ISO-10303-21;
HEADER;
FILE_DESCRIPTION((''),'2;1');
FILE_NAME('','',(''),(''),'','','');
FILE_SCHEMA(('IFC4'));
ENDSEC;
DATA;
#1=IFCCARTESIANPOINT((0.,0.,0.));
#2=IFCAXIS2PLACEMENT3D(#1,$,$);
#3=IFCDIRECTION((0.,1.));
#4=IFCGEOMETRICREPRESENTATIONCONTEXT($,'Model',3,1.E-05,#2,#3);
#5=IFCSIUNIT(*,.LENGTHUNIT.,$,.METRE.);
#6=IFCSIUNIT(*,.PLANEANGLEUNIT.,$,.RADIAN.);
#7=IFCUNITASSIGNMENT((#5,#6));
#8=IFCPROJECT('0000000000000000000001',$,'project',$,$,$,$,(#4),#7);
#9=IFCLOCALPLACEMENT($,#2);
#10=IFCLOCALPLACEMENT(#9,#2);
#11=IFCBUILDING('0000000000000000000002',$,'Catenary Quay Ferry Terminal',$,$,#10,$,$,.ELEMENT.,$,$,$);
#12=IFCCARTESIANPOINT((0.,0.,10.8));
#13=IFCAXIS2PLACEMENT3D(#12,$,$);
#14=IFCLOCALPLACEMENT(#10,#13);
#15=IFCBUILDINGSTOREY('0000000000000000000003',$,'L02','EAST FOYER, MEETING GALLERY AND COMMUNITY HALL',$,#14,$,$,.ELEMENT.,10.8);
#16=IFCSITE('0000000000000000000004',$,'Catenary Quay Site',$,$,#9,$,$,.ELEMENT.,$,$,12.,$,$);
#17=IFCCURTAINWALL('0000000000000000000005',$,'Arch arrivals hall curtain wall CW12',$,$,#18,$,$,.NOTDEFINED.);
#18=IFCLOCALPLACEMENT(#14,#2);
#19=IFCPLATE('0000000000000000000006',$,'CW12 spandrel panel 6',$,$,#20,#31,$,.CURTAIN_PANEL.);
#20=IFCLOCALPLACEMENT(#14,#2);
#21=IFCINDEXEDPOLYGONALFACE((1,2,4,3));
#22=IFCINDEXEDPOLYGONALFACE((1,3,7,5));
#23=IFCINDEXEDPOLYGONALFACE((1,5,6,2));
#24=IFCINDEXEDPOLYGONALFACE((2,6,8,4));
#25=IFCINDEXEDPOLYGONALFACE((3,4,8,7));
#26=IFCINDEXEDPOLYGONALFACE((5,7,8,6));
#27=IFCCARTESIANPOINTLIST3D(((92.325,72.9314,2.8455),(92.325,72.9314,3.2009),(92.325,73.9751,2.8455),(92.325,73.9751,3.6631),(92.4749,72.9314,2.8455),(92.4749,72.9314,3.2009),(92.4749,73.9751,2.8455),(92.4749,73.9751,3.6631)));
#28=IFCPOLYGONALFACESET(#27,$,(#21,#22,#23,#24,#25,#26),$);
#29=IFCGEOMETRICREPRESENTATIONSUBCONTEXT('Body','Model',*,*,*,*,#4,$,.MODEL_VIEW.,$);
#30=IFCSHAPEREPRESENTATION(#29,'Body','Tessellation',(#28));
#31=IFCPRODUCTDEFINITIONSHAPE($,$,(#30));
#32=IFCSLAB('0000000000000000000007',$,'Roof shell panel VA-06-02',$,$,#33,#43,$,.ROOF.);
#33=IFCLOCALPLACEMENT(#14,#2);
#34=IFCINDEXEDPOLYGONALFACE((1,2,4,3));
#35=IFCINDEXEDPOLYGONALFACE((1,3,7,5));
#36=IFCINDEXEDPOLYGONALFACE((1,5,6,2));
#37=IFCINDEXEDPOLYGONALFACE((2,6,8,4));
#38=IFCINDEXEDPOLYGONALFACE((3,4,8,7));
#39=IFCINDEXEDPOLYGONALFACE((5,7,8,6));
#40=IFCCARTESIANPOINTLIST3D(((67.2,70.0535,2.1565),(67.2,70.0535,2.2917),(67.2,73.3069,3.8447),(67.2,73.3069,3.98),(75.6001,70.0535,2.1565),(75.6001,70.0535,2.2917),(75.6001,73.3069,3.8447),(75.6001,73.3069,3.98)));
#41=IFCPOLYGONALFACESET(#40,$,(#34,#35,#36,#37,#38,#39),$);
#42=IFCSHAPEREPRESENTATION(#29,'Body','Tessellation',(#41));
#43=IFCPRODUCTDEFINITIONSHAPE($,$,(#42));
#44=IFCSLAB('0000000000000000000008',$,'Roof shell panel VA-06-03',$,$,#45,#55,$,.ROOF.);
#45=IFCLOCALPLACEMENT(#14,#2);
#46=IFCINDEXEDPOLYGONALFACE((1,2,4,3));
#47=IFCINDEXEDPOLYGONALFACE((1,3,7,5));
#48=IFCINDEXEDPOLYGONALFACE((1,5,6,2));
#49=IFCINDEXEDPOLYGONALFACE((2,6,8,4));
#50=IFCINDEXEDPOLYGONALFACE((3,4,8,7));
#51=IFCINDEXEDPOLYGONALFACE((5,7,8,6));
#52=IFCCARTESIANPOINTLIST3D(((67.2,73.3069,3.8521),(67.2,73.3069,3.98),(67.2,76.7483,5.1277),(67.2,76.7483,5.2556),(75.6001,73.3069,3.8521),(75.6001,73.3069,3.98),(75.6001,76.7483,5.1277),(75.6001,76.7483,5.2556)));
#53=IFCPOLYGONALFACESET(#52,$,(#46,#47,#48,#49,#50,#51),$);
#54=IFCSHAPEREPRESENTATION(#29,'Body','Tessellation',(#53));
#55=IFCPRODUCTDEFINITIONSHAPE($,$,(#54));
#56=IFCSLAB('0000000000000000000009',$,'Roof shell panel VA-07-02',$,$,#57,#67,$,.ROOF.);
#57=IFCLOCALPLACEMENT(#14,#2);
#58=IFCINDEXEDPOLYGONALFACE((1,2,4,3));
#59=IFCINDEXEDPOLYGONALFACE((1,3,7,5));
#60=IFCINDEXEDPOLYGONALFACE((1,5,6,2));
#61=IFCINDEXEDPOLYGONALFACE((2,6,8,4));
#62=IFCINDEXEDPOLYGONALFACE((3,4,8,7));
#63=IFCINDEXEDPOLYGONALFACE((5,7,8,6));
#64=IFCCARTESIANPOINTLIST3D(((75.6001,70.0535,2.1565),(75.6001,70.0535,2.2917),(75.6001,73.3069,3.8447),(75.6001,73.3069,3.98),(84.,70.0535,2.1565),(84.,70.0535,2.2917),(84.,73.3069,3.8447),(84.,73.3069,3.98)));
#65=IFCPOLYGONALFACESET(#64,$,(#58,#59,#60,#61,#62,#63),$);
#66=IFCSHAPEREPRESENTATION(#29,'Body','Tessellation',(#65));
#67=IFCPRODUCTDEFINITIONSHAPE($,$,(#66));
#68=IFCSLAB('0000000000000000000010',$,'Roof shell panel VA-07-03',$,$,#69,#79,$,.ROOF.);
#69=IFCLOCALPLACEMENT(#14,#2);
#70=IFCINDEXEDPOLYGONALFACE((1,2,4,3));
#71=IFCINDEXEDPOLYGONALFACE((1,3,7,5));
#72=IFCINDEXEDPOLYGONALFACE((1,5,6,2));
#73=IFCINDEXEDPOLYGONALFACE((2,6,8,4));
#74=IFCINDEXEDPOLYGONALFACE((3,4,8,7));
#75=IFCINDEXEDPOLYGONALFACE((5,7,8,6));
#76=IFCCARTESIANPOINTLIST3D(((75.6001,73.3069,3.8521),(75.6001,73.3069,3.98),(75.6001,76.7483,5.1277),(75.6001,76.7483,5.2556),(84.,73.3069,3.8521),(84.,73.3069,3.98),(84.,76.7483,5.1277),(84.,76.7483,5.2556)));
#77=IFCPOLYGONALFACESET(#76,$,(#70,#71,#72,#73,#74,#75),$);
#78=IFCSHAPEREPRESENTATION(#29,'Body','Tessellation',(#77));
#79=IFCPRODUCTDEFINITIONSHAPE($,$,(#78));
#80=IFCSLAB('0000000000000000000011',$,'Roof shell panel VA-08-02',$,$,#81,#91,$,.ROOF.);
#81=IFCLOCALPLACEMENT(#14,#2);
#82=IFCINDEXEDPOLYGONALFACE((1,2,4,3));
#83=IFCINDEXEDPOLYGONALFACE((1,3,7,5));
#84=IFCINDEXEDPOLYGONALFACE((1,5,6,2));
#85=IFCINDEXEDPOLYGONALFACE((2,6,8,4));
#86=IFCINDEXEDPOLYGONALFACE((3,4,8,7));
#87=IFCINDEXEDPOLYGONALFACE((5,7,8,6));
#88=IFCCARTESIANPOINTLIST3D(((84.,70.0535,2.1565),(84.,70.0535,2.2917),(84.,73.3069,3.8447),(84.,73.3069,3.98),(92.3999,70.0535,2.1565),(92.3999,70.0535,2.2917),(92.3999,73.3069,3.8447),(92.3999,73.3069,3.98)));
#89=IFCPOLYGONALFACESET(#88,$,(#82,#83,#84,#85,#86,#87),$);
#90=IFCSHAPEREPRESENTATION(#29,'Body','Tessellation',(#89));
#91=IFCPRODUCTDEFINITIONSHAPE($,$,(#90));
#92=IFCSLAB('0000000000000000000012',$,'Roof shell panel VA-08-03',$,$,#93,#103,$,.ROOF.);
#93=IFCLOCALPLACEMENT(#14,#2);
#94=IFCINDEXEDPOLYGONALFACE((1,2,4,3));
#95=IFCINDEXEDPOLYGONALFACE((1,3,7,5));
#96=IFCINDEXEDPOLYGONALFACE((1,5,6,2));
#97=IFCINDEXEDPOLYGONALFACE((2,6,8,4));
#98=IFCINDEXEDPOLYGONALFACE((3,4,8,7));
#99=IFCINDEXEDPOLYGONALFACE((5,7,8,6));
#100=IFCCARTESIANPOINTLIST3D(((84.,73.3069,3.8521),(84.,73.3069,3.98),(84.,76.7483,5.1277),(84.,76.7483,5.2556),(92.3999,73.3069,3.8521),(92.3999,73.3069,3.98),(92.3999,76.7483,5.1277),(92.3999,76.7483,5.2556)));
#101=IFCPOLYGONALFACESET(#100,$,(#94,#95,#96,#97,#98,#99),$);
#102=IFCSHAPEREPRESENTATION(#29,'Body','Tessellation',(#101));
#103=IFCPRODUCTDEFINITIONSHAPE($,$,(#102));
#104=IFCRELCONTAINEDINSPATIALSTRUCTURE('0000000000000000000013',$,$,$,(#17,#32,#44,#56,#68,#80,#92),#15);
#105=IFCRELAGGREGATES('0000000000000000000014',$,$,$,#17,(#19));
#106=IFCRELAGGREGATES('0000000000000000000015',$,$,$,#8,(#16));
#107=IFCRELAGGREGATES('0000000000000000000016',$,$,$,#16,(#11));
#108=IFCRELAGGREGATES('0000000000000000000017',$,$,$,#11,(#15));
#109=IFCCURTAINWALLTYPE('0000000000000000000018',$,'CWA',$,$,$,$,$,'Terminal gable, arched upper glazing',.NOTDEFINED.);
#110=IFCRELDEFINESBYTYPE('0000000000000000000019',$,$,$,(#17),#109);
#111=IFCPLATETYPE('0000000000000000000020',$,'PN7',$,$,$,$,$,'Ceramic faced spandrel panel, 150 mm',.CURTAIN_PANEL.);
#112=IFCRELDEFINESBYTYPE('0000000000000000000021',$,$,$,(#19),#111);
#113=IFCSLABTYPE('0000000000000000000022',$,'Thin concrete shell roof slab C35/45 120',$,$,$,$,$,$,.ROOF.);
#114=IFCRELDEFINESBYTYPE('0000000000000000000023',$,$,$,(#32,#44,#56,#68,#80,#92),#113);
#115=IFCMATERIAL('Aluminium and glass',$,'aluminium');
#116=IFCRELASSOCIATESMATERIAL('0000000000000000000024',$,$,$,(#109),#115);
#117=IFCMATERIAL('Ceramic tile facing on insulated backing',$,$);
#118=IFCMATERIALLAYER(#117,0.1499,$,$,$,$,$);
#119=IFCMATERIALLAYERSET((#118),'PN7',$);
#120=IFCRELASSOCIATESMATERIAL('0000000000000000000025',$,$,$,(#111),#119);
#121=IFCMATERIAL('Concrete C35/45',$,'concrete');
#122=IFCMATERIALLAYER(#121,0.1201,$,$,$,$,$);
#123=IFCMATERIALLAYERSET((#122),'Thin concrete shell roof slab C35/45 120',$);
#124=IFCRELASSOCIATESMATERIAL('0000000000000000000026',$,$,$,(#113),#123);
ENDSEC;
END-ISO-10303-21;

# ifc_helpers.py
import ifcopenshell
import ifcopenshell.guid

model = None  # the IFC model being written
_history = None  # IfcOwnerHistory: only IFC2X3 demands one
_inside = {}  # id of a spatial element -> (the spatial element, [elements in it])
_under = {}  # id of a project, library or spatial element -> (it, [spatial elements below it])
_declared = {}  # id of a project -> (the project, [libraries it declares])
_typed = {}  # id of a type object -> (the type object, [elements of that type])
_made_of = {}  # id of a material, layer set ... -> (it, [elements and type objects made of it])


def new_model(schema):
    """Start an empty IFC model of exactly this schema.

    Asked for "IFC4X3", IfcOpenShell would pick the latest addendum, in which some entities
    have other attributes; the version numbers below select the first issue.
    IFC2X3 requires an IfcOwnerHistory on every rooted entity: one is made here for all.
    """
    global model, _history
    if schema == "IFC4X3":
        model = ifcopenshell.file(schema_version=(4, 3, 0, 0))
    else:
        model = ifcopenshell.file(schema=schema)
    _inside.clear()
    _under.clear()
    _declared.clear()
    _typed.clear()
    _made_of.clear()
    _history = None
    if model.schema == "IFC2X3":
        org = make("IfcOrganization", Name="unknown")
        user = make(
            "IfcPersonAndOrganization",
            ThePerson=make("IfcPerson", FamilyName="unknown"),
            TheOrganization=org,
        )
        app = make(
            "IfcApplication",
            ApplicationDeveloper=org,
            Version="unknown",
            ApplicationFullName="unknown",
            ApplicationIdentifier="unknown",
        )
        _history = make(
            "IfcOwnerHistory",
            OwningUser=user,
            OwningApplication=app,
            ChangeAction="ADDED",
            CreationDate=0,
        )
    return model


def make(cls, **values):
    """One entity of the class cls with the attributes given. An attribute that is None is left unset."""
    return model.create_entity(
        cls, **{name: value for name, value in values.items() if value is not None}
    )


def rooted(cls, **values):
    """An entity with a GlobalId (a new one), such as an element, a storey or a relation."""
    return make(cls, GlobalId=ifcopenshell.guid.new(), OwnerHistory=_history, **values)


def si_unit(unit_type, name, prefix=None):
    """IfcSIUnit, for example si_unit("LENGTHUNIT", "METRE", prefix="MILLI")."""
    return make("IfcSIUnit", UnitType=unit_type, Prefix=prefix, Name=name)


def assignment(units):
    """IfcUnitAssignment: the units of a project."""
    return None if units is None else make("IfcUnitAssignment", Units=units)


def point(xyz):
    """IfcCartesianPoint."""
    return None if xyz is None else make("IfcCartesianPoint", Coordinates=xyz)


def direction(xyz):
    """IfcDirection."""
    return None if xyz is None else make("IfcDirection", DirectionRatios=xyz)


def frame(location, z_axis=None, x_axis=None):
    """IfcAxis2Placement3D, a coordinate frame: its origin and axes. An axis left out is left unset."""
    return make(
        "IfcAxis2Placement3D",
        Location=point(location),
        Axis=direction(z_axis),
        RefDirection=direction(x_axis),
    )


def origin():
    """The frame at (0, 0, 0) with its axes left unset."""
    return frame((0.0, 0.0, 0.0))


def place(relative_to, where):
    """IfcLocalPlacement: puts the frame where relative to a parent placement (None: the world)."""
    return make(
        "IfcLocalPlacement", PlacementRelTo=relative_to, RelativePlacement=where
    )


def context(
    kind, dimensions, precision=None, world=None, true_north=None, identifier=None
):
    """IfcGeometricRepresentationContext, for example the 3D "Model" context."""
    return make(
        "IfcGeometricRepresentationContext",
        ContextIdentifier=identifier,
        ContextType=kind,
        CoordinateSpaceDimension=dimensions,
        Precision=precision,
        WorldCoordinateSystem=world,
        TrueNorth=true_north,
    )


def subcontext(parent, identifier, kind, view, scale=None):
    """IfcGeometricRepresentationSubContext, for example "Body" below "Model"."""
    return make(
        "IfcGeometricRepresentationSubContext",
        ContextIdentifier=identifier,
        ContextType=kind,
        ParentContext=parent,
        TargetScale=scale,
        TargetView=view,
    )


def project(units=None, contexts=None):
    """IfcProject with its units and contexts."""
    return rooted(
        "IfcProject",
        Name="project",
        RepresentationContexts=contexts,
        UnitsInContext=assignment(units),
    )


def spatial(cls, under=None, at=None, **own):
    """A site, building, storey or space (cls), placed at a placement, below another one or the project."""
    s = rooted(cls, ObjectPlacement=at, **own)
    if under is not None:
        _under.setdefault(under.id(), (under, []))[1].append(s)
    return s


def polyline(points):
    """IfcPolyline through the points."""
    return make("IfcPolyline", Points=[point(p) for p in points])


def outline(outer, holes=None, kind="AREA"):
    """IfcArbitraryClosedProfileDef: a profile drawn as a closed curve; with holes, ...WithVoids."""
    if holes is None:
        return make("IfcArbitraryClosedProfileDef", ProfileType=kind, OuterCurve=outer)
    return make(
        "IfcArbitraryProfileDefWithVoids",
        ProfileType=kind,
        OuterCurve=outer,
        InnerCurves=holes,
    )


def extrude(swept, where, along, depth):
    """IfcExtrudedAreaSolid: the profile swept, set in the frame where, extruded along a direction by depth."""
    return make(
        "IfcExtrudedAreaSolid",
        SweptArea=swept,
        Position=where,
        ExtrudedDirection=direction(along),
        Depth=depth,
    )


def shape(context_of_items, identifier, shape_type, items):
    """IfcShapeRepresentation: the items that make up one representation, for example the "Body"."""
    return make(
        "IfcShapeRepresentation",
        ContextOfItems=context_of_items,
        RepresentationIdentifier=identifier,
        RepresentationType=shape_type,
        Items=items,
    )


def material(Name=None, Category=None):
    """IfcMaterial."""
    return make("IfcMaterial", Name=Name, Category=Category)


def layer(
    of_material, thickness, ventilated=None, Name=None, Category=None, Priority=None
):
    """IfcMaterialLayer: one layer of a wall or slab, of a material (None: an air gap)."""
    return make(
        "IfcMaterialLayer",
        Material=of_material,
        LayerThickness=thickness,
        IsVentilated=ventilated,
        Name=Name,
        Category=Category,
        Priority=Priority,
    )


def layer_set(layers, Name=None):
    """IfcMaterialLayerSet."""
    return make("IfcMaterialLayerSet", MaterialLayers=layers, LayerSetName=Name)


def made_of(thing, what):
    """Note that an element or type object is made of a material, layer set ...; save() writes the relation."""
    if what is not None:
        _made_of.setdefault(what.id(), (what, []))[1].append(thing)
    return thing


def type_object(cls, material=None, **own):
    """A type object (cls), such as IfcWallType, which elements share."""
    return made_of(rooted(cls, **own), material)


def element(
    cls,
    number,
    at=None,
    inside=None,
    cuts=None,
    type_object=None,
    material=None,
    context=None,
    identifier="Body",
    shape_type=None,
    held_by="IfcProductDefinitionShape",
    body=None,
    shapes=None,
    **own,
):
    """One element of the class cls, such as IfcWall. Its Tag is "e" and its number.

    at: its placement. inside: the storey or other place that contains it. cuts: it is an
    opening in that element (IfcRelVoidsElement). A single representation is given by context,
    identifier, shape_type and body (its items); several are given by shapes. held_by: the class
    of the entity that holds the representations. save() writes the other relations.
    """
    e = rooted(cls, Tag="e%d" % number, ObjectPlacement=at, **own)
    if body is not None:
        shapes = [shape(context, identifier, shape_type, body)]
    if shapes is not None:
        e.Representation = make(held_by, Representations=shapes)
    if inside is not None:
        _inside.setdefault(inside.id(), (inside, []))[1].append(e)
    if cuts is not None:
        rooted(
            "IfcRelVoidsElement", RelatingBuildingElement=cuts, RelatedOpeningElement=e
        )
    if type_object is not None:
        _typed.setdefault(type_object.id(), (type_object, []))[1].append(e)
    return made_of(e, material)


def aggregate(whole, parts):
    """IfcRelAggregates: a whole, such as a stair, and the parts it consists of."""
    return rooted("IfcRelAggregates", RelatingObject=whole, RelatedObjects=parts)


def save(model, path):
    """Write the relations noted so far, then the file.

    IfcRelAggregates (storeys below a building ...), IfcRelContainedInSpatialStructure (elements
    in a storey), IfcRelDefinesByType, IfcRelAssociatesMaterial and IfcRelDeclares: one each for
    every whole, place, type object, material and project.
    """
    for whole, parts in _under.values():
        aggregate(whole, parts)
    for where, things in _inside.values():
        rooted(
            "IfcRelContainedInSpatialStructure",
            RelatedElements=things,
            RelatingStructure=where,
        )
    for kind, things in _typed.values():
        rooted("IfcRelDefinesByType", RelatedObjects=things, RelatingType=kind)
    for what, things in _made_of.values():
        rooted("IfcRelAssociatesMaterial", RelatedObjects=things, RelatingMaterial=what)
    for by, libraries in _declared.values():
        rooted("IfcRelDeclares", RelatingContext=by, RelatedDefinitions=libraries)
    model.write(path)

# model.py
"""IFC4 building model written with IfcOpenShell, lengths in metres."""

from ifc_helpers import new_model, si_unit, direction, frame, origin, place, context, subcontext, project, spatial, polyline, outline, extrude, material, layer, layer_set, type_object, element, aggregate, save


model = new_model("IFC4")

# Units and contexts
model_context = context("Model", 3, precision=1e-05, world=origin(), true_north=direction((0.0, 1.0)))
body_context = subcontext(model_context, "Body", "Model", "MODEL_VIEW")
ifc_project = project(units=[si_unit("LENGTHUNIT", "METRE"), si_unit("PLANEANGLEUNIT", "RADIAN")], contexts=[model_context])

# Site, building, storey
site_placement = place(None, origin())
site = spatial("IfcSite", under=ifc_project, at=site_placement, Name="Catenary Quay Site", CompositionType="ELEMENT", RefElevation=12.0)
building_placement = place(site_placement, origin())
building = spatial("IfcBuilding", under=site, at=building_placement, Name="Catenary Quay Ferry Terminal", CompositionType="ELEMENT")
storey_placement = place(building_placement, frame((0.0, 0.0, 10.8)))
storey = spatial("IfcBuildingStorey", under=building, at=storey_placement, Name="L02", Description="EAST FOYER, MEETING GALLERY AND COMMUNITY HALL", CompositionType="ELEMENT", Elevation=10.8)

# Curtain wall
ifc_material_1 = material(Name="Aluminium and glass", Category="aluminium")
curtain_wall_type = type_object("IfcCurtainWallType", Name="CWA", ElementType="Terminal gable, arched upper glazing", PredefinedType="NOTDEFINED", material=ifc_material_1)
curtain_wall_placement = place(storey_placement, origin())
curtain_wall = element("IfcCurtainWall", 1, at=curtain_wall_placement, inside=storey, type_object=curtain_wall_type, Name="Arch arrivals hall curtain wall CW12", PredefinedType="NOTDEFINED")

# Plate
ifc_material_2 = material(Name="Ceramic tile facing on insulated backing")
ifc_layer_1 = layer(ifc_material_2, 0.1499)
ifc_layer_set_1 = layer_set([ifc_layer_1], Name="PN7")
plate_type_1 = type_object("IfcPlateType", Name="PN7", ElementType="Ceramic faced spandrel panel, 150 mm", PredefinedType="CURTAIN_PANEL", material=ifc_layer_set_1)
plate_1_placement = place(storey_placement, frame((92.3999, 72.9314, 2.8455), z_axis=(0.0, 0.0, 1.0), x_axis=(0.0, 1.0, 0.0)))
plate_1 = element("IfcPlate", 2, at=plate_1_placement, type_object=plate_type_1, Name="CW12 spandrel panel 6", PredefinedType="CURTAIN_PANEL", context=body_context, shape_type="SweptSolid", body=[
    extrude(outline(polyline([(0.0, 0.0), (1.0437, 0.0), (1.0437, 0.8176), (0.0, 0.3555), (0.0, 0.0)])), frame((0.0, 0.075, 0.0), z_axis=(0.0, -1.0, 0.0), x_axis=(1.0, 0.0, 0.0)), (0.0, 0.0, 1.0), 0.1499),
])
aggregate(curtain_wall, [plate_1])

# Slabs
ifc_material_3 = material(Name="Concrete C35/45", Category="concrete")
ifc_layer_2 = layer(ifc_material_3, 0.1201)
ifc_layer_set_2 = layer_set([ifc_layer_2], Name="Thin concrete shell roof slab C35/45 120")
slab_type = type_object("IfcSlabType", Name="Thin concrete shell roof slab C35/45 120", PredefinedType="ROOF", material=ifc_layer_set_2)
slab_1_placement = place(storey_placement, frame((67.2, 70.0535, 2.2917), z_axis=(0.0, -0.460591, 0.887612), x_axis=(1.0, 0.0, 0.0)))
element("IfcSlab", 3, at=slab_1_placement, inside=storey, type_object=slab_type, Name="Roof shell panel VA-06-02", PredefinedType="ROOF", context=body_context, shape_type="SweptSolid", body=[
    extrude(outline(polyline([(0.0, 0.0), (8.4001, 0.0), (8.4001, 3.6654), (0.0, 3.6654), (0.0, 0.0)])), origin(), (0.0, -0.460591, -0.887612), 0.1353),
])
slab_2_placement = place(storey_placement, frame((67.2, 73.3069, 3.98), z_axis=(0.0, -0.347563, 0.937656), x_axis=(1.0, 0.0, 0.0)))
element("IfcSlab", 4, at=slab_2_placement, inside=storey, type_object=slab_type, Name="Roof shell panel VA-06-03", PredefinedType="ROOF", context=body_context, shape_type="SweptSolid", body=[
    extrude(outline(polyline([(0.0, 0.0), (8.4001, 0.0), (8.4001, 3.6702), (0.0, 3.6702), (0.0, 0.0)])), origin(), (0.0, -0.347563, -0.937656), 0.1279),
])
slab_3_placement = place(storey_placement, frame((75.6001, 70.0535, 2.2917), z_axis=(0.0, -0.460591, 0.887612), x_axis=(1.0, 0.0, 0.0)))
element("IfcSlab", 5, at=slab_3_placement, inside=storey, type_object=slab_type, Name="Roof shell panel VA-07-02", PredefinedType="ROOF", context=body_context, shape_type="SweptSolid", body=[
    extrude(outline(polyline([(0.0, 0.0), (8.3999, 0.0), (8.3999, 3.6654), (0.0, 3.6654), (0.0, 0.0)])), origin(), (0.0, -0.460591, -0.887612), 0.1353),
])
slab_4_placement = place(storey_placement, frame((75.6001, 73.3069, 3.98), z_axis=(0.0, -0.347563, 0.937656), x_axis=(1.0, 0.0, 0.0)))
element("IfcSlab", 6, at=slab_4_placement, inside=storey, type_object=slab_type, Name="Roof shell panel VA-07-03", PredefinedType="ROOF", context=body_context, shape_type="SweptSolid", body=[
    extrude(outline(polyline([(0.0, 0.0), (8.3999, 0.0), (8.3999, 3.6702), (0.0, 3.6702), (0.0, 0.0)])), origin(), (0.0, -0.347563, -0.937656), 0.1279),
])
slab_5_placement = place(storey_placement, frame((84.0, 70.0535, 2.2917), z_axis=(0.0, -0.460591, 0.887612), x_axis=(1.0, 0.0, 0.0)))
element("IfcSlab", 7, at=slab_5_placement, inside=storey, type_object=slab_type, Name="Roof shell panel VA-08-02", PredefinedType="ROOF", context=body_context, shape_type="SweptSolid", body=[
    extrude(outline(polyline([(0.0, 0.0), (8.3999, 0.0), (8.3999, 3.6654), (0.0, 3.6654), (0.0, 0.0)])), origin(), (0.0, -0.460591, -0.887612), 0.1353),
])
slab_6_placement = place(storey_placement, frame((84.0, 73.3069, 3.98), z_axis=(0.0, -0.347563, 0.937656), x_axis=(1.0, 0.0, 0.0)))
element("IfcSlab", 8, at=slab_6_placement, inside=storey, type_object=slab_type, Name="Roof shell panel VA-08-03", PredefinedType="ROOF", context=body_context, shape_type="SweptSolid", body=[
    extrude(outline(polyline([(0.0, 0.0), (8.3999, 0.0), (8.3999, 3.6702), (0.0, 3.6702), (0.0, 0.0)])), origin(), (0.0, -0.347563, -0.937656), 0.1279),
])

save(model, "model.ifc")
